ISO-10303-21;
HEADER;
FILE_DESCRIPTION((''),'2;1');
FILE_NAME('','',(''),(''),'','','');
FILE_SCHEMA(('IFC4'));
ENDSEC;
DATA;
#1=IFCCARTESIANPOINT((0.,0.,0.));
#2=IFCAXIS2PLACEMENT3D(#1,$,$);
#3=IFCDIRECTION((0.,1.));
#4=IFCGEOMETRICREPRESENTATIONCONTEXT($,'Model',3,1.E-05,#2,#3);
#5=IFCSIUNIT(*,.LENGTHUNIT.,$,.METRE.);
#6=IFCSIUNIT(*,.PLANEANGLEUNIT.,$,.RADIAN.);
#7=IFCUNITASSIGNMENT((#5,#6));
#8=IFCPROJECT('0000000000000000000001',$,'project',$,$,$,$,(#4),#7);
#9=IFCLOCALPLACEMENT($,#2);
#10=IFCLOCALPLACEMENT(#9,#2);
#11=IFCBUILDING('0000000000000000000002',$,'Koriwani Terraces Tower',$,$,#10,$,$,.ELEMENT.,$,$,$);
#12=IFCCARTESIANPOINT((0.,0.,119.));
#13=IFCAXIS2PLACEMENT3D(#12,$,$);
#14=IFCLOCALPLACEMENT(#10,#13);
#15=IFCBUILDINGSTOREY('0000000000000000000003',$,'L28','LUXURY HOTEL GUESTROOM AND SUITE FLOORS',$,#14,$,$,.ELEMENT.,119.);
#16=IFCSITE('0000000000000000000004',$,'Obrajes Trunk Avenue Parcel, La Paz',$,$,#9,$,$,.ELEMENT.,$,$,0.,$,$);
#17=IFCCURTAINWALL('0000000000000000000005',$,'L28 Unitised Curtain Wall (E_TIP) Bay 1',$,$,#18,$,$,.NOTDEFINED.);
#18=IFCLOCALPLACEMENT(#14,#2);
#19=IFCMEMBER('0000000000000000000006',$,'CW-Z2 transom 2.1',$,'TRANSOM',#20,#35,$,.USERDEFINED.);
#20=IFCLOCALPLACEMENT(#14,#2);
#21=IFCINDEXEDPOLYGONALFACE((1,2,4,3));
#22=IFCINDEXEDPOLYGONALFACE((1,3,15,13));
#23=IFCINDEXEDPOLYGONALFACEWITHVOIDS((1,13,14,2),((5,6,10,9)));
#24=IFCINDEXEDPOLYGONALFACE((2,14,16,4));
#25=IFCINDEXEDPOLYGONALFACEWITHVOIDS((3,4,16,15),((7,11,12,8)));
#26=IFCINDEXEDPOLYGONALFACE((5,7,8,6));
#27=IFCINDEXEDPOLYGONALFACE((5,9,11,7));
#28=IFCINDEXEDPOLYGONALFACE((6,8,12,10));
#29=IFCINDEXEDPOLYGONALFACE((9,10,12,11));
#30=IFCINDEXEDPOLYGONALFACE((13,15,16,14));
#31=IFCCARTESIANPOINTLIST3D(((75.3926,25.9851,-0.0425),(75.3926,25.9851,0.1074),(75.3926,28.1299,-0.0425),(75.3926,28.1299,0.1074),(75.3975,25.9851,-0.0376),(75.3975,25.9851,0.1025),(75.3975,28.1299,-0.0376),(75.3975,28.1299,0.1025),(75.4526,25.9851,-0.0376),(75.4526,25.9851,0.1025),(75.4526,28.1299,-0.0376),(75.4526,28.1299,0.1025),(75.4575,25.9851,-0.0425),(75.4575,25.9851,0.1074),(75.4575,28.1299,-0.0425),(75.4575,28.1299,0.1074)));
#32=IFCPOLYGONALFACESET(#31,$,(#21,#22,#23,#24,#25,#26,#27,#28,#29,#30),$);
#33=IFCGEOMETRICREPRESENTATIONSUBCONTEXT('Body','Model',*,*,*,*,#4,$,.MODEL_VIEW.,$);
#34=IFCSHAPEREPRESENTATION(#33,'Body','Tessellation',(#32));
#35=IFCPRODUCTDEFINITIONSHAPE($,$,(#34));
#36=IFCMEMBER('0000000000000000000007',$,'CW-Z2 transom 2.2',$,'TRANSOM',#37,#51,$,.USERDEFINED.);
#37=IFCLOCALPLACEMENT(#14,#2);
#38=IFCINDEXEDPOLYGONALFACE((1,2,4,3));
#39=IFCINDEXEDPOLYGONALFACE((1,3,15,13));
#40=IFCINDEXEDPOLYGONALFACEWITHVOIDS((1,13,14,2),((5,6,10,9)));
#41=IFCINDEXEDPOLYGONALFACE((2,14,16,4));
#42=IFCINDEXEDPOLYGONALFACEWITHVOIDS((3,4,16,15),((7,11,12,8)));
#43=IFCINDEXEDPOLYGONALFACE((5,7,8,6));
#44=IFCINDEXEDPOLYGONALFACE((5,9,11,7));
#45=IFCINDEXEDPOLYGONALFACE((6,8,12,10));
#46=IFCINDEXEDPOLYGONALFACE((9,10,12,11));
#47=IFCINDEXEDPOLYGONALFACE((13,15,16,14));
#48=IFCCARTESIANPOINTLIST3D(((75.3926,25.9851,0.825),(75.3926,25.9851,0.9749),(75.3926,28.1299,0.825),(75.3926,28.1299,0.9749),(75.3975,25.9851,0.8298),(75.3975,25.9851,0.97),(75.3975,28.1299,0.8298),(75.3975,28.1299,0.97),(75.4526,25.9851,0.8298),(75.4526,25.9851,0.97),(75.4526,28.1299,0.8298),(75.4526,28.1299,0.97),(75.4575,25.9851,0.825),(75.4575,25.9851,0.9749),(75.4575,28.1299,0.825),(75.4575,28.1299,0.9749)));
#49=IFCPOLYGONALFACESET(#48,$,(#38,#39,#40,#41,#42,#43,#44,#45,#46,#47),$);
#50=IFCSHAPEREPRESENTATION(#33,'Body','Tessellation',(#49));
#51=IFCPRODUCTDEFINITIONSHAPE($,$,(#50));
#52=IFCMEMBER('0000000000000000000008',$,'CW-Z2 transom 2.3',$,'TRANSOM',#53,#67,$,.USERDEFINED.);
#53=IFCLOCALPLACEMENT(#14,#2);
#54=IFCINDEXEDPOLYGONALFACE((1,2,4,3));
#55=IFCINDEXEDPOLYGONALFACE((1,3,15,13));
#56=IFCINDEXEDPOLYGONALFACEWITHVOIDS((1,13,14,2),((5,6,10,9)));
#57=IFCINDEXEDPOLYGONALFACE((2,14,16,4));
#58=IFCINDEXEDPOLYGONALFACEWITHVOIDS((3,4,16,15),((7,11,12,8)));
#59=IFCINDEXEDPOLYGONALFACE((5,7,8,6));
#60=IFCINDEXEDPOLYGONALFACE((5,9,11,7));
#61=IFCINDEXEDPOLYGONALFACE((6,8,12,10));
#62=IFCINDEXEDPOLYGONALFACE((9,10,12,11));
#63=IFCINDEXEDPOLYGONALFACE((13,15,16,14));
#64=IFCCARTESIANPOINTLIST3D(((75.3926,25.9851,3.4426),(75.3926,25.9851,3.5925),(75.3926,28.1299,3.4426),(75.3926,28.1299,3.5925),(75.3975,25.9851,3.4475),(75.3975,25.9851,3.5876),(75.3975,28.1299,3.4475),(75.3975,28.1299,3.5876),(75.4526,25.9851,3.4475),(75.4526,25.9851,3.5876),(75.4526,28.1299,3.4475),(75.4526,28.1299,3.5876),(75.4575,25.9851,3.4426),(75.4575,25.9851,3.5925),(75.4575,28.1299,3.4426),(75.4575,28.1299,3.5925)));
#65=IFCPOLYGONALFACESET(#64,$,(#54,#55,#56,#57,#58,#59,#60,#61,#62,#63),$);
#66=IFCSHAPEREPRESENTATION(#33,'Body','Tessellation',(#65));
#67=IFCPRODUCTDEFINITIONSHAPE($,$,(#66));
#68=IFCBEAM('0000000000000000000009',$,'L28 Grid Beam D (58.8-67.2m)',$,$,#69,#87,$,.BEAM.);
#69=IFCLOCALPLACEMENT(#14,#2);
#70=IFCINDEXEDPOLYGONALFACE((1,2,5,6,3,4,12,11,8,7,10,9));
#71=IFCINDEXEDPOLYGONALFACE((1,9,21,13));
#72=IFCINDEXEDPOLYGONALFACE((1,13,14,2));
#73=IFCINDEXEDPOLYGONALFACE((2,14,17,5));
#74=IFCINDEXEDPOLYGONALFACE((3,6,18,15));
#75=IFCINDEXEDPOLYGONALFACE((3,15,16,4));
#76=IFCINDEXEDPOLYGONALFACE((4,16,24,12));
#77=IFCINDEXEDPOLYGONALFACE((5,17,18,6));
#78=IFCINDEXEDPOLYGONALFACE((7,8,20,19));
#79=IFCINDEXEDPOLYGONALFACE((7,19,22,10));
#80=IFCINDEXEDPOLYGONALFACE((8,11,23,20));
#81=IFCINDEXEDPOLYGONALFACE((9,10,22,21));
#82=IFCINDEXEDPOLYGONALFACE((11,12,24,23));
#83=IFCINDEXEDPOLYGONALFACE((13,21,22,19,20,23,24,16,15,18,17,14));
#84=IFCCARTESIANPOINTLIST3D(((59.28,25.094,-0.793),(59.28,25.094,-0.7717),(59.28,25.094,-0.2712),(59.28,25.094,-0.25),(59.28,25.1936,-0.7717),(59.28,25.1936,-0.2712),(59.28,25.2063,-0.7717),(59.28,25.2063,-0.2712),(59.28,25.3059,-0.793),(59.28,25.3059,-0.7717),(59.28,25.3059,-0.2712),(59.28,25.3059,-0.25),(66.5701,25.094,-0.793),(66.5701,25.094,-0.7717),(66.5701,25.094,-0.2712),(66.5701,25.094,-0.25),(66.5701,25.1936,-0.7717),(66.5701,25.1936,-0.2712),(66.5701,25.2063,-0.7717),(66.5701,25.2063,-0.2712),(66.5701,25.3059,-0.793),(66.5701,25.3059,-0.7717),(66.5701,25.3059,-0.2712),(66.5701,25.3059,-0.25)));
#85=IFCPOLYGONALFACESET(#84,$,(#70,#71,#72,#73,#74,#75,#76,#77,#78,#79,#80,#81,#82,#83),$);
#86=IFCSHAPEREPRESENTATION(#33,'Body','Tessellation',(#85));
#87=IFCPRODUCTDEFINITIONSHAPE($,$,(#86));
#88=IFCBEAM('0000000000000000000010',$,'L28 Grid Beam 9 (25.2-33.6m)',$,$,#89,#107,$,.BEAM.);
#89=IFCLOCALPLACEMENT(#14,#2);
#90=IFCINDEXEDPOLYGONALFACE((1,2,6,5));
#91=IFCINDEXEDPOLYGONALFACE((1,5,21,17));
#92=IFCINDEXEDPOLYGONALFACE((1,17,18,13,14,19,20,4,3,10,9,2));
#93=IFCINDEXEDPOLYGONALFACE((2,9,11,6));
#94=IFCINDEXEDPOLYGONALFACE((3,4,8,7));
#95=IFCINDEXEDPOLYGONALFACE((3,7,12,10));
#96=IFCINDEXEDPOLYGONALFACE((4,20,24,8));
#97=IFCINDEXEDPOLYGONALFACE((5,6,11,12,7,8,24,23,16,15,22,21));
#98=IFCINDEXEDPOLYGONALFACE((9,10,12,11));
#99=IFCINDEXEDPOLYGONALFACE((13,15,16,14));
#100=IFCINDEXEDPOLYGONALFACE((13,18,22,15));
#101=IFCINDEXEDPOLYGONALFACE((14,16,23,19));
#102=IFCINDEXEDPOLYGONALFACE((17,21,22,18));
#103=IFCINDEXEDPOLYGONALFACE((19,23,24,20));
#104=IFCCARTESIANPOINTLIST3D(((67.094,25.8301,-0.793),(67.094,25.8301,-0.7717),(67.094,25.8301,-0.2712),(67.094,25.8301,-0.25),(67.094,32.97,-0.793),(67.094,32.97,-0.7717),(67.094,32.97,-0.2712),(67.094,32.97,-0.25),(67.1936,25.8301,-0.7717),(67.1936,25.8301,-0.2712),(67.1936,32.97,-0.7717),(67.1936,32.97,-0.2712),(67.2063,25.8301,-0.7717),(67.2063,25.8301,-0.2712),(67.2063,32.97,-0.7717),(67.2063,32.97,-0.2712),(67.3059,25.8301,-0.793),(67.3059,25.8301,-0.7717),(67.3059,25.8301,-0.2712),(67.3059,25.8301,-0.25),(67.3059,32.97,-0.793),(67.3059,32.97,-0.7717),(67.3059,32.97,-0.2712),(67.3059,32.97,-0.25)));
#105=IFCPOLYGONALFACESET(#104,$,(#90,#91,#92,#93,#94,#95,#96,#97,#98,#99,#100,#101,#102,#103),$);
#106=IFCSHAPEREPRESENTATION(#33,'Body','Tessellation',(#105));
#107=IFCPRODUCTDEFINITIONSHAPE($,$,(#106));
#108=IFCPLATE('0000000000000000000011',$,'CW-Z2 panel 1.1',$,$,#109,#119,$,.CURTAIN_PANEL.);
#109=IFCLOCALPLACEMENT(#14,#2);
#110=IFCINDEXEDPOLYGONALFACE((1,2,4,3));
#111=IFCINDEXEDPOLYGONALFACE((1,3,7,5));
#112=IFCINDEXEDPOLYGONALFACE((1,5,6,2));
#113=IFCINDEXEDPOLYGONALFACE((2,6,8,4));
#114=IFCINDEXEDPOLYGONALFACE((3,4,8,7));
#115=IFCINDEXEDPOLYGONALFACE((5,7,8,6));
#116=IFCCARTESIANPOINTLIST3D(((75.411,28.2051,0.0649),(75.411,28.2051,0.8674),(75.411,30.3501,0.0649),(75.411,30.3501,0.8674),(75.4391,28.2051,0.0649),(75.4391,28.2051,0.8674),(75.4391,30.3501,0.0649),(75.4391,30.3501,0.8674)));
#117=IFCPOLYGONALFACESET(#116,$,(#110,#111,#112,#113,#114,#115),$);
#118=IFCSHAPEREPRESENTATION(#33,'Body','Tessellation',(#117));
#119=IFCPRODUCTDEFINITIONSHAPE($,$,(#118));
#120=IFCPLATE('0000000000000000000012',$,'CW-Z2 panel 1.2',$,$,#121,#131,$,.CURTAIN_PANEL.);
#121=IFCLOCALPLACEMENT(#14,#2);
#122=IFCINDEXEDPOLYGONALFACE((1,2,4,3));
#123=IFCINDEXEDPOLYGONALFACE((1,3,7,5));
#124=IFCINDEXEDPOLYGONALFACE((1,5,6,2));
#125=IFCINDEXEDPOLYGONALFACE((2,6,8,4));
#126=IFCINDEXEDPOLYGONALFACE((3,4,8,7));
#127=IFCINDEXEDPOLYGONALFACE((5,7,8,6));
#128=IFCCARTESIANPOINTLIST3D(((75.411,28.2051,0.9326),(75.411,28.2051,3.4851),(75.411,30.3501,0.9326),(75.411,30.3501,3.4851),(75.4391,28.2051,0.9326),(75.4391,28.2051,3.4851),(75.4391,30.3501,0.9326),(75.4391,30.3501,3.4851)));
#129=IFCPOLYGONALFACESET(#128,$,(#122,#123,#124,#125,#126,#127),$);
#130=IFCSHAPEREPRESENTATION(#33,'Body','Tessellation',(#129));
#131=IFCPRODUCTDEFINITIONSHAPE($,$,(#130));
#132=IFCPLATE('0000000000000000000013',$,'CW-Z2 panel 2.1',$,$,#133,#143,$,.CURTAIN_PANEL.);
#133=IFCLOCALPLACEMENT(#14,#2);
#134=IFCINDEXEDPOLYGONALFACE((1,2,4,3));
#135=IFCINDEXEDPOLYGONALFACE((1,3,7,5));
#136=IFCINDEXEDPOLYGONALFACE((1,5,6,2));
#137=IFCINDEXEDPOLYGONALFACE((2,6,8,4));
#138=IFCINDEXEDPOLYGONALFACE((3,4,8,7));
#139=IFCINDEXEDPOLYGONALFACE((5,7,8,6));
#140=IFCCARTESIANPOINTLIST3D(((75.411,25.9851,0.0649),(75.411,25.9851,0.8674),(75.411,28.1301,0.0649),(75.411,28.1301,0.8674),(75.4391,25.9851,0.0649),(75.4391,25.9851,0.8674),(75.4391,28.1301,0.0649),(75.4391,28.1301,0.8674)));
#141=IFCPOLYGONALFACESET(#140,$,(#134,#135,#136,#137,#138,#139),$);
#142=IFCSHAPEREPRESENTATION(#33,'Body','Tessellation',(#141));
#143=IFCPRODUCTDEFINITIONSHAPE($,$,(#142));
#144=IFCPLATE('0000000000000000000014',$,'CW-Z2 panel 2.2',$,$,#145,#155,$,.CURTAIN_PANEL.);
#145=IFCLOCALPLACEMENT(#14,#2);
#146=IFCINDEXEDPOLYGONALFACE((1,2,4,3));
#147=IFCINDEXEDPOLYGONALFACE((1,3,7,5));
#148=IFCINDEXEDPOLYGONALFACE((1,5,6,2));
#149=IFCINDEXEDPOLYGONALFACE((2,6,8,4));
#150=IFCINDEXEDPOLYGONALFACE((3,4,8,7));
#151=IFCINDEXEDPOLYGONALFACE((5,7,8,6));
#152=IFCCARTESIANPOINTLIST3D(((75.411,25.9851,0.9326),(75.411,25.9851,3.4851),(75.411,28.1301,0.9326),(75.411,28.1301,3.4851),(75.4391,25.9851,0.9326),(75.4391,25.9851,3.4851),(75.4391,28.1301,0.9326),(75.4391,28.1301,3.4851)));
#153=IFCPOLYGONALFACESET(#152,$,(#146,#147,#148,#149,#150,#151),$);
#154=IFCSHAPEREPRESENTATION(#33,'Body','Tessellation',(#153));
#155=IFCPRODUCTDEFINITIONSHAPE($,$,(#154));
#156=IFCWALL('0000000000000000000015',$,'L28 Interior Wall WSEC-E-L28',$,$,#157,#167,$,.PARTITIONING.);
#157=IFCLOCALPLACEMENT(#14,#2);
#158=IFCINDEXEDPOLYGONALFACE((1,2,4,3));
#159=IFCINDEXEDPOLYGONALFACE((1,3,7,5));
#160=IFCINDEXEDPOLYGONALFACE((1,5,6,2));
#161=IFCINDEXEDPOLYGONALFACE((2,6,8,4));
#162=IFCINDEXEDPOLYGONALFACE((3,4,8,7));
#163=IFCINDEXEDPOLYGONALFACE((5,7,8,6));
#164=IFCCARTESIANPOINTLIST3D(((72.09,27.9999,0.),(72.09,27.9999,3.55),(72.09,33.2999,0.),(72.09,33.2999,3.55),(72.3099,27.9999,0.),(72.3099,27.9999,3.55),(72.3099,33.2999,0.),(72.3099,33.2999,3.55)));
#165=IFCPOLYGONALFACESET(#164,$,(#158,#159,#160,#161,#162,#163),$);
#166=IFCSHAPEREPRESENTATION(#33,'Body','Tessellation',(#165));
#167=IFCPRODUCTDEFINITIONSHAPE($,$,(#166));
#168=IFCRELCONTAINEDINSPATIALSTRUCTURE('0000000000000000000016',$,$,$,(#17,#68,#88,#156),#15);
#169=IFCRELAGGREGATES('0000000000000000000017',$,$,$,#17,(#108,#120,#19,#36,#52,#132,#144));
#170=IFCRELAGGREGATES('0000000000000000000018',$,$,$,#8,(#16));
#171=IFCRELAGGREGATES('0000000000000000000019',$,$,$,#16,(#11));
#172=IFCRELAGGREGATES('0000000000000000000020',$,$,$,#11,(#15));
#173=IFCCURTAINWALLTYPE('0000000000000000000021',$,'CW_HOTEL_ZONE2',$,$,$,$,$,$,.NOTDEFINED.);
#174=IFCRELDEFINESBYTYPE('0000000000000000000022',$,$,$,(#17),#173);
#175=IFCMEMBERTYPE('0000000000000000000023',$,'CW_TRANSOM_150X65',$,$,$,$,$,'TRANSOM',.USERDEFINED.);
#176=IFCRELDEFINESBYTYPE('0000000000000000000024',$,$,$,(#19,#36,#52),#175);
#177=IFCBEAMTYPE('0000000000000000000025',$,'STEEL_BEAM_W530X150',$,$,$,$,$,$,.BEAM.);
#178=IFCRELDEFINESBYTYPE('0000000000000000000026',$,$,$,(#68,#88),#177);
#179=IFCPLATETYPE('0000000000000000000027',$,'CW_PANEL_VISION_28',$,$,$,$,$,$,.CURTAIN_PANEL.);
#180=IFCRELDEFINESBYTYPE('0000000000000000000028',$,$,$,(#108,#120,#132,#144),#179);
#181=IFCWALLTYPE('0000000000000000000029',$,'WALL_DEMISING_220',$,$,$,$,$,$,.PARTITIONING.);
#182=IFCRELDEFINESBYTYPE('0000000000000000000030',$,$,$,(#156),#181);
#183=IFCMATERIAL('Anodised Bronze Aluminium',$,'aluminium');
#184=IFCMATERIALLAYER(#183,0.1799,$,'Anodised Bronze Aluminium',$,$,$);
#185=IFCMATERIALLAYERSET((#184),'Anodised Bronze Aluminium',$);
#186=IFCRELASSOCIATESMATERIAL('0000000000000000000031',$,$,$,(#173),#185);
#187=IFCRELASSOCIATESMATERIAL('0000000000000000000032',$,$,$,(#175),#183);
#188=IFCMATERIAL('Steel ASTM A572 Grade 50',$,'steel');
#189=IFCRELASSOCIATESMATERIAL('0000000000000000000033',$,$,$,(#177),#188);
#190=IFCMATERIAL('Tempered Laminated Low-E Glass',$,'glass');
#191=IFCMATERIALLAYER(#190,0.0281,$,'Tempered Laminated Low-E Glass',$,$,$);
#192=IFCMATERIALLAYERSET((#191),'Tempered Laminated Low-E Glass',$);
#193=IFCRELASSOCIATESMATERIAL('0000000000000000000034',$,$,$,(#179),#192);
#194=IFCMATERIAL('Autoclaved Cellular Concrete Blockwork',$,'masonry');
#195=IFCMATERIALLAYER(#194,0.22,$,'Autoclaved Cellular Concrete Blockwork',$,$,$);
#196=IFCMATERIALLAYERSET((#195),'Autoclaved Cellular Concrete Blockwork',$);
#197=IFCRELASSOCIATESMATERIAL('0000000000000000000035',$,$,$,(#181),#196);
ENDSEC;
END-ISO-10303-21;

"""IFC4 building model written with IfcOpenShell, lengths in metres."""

from ifc_helpers import new_model, si_unit, direction, frame, frame_2d, origin, origin_2d, place, context, subcontext, project, spatial, rectangle, hollow_rectangle, i_section, extrude, material, layer, layer_set, material_profile, profile_set, type_object, element, aggregate, save


model = new_model("IFC4")

# Units and contexts
model_context = context("Model", 3, precision=1e-05, world=origin(), true_north=direction((0.0, 1.0)))
body_context = subcontext(model_context, "Body", "Model", "MODEL_VIEW")
ifc_project = project(units=[si_unit("LENGTHUNIT", "METRE"), si_unit("PLANEANGLEUNIT", "RADIAN")], contexts=[model_context])

# Site, building, storey
site_placement = place(None, origin())
site = spatial("IfcSite", under=ifc_project, at=site_placement, Name="Obrajes Trunk Avenue Parcel, La Paz", CompositionType="ELEMENT", RefElevation=0.0)
building_placement = place(site_placement, origin())
building = spatial("IfcBuilding", under=site, at=building_placement, Name="Koriwani Terraces Tower", CompositionType="ELEMENT")
storey_placement = place(building_placement, frame((0.0, 0.0, 119.0)))
storey = spatial("IfcBuildingStorey", under=building, at=storey_placement, Name="L28", Description="LUXURY HOTEL GUESTROOM AND SUITE FLOORS", CompositionType="ELEMENT", Elevation=119.0)

# Curtain wall, members
ifc_material_1 = material(Name="Anodised Bronze Aluminium", Category="aluminium")
ifc_layer_1 = layer(ifc_material_1, 0.1799, Name="Anodised Bronze Aluminium")
ifc_layer_set_1 = layer_set([ifc_layer_1], Name="Anodised Bronze Aluminium")
curtain_wall_type = type_object("IfcCurtainWallType", Name="CW_HOTEL_ZONE2", PredefinedType="NOTDEFINED", material=ifc_layer_set_1)
curtain_wall_placement = place(storey_placement, origin())
curtain_wall = element("IfcCurtainWall", 1, at=curtain_wall_placement, inside=storey, type_object=curtain_wall_type, Name="L28 Unitised Curtain Wall (E_TIP) Bay 1", PredefinedType="NOTDEFINED")
ifc_material_profile_1 = material_profile(ifc_material_1, hollow_rectangle(XDim=0.0649, YDim=0.1499, WallThickness=0.0049, at=origin_2d()), Name="Anodised Bronze Aluminium", Category="LoadBearing")
ifc_profile_set_1 = profile_set([ifc_material_profile_1], Name="Anodised Bronze Aluminium")
member_type_1 = type_object("IfcMemberType", Name="CW_TRANSOM_150X65", ElementType="TRANSOM", PredefinedType="USERDEFINED", material=ifc_profile_set_1)
member_1_placement = place(storey_placement, frame((75.425, 28.1299, 0.0325), z_axis=(0.0, -1.0, 0.0), x_axis=(1.0, 0.0, 0.0)))
member_1 = element("IfcMember", 2, at=member_1_placement, type_object=member_type_1, Name="CW-Z2 transom 2.1", ObjectType="TRANSOM", PredefinedType="USERDEFINED", context=body_context, shape_type="SweptSolid", body=[
    extrude(hollow_rectangle(XDim=0.0649, YDim=0.1499, WallThickness=0.0049, at=origin_2d()), origin(), (0.0, 0.0, 1.0), 2.1448),
])
member_2_placement = place(storey_placement, frame((75.425, 28.1299, 0.8999), z_axis=(0.0, -1.0, 0.0), x_axis=(1.0, 0.0, 0.0)))
member_2 = element("IfcMember", 3, at=member_2_placement, type_object=member_type_1, Name="CW-Z2 transom 2.2", ObjectType="TRANSOM", PredefinedType="USERDEFINED", context=body_context, shape_type="SweptSolid", body=[
    extrude(hollow_rectangle(XDim=0.0649, YDim=0.1499, WallThickness=0.0049, at=origin_2d()), origin(), (0.0, 0.0, 1.0), 2.1448),
])
member_3_placement = place(storey_placement, frame((75.425, 28.1299, 3.5176), z_axis=(0.0, -1.0, 0.0), x_axis=(1.0, 0.0, 0.0)))
member_3 = element("IfcMember", 4, at=member_3_placement, type_object=member_type_1, Name="CW-Z2 transom 2.3", ObjectType="TRANSOM", PredefinedType="USERDEFINED", context=body_context, shape_type="SweptSolid", body=[
    extrude(hollow_rectangle(XDim=0.0649, YDim=0.1499, WallThickness=0.0049, at=origin_2d()), origin(), (0.0, 0.0, 1.0), 2.1448),
])

# Beams
ifc_material_2 = material(Name="Steel ASTM A572 Grade 50", Category="steel")
ifc_material_profile_2 = material_profile(ifc_material_2, i_section(OverallWidth=0.2119, OverallDepth=0.543, WebThickness=0.0127, FlangeThickness=0.0212, at=origin_2d()), Name="Steel ASTM A572 Grade 50", Category="LoadBearing")
ifc_profile_set_2 = profile_set([ifc_material_profile_2], Name="Steel ASTM A572 Grade 50")
beam_type_1 = type_object("IfcBeamType", Name="STEEL_BEAM_W530X150", PredefinedType="BEAM", material=ifc_profile_set_2)
beam_1_placement = place(storey_placement, frame((59.28, 25.2, -0.5215), z_axis=(1.0, 0.0, 0.0), x_axis=(0.0, 1.0, 0.0)))
element("IfcBeam", 5, at=beam_1_placement, inside=storey, type_object=beam_type_1, Name="L28 Grid Beam D (58.8-67.2m)", PredefinedType="BEAM", context=body_context, shape_type="SweptSolid", body=[
    extrude(i_section(OverallWidth=0.2119, OverallDepth=0.543, WebThickness=0.0127, FlangeThickness=0.0212, at=origin_2d()), origin(), (0.0, 0.0, 1.0), 7.29),
])
beam_2_placement = place(storey_placement, frame((67.2, 25.8301, -0.5215), z_axis=(0.0, 1.0, 0.0), x_axis=(-1.0, 0.0, 0.0)))
element("IfcBeam", 6, at=beam_2_placement, inside=storey, type_object=beam_type_1, Name="L28 Grid Beam 9 (25.2-33.6m)", PredefinedType="BEAM", context=body_context, shape_type="SweptSolid", body=[
    extrude(i_section(OverallWidth=0.2119, OverallDepth=0.543, WebThickness=0.0127, FlangeThickness=0.0212, at=origin_2d()), origin(), (0.0, 0.0, 1.0), 7.1399),
])

# Plates
ifc_material_3 = material(Name="Tempered Laminated Low-E Glass", Category="glass")
ifc_layer_2 = layer(ifc_material_3, 0.0281, Name="Tempered Laminated Low-E Glass")
ifc_layer_set_2 = layer_set([ifc_layer_2], Name="Tempered Laminated Low-E Glass")
plate_type = type_object("IfcPlateType", Name="CW_PANEL_VISION_28", PredefinedType="CURTAIN_PANEL", material=ifc_layer_set_2)
plate_1_placement = place(storey_placement, frame((75.425, 29.2776, 0.0649), z_axis=(0.0, 0.0, 1.0), x_axis=(0.0, -1.0, 0.0)))
plate_1 = element("IfcPlate", 7, at=plate_1_placement, type_object=plate_type, Name="CW-Z2 panel 1.1", PredefinedType="CURTAIN_PANEL", context=body_context, shape_type="SweptSolid", body=[
    extrude(rectangle(XDim=2.145, YDim=0.0281, at=origin_2d()), origin(), (0.0, 0.0, 1.0), 0.8025),
])
plate_2_placement = place(storey_placement, frame((75.425, 29.2776, 0.9326), z_axis=(0.0, 0.0, 1.0), x_axis=(0.0, -1.0, 0.0)))
plate_2 = element("IfcPlate", 8, at=plate_2_placement, type_object=plate_type, Name="CW-Z2 panel 1.2", PredefinedType="CURTAIN_PANEL", context=body_context, shape_type="SweptSolid", body=[
    extrude(rectangle(XDim=2.145, YDim=0.0281, at=origin_2d()), origin(), (0.0, 0.0, 1.0), 2.5525),
])
plate_3_placement = place(storey_placement, frame((75.425, 27.0576, 0.0649), z_axis=(0.0, 0.0, 1.0), x_axis=(0.0, -1.0, 0.0)))
plate_3 = element("IfcPlate", 9, at=plate_3_placement, type_object=plate_type, Name="CW-Z2 panel 2.1", PredefinedType="CURTAIN_PANEL", context=body_context, shape_type="SweptSolid", body=[
    extrude(rectangle(XDim=2.145, YDim=0.0281, at=origin_2d()), origin(), (0.0, 0.0, 1.0), 0.8025),
])
plate_4_placement = place(storey_placement, frame((75.425, 27.0576, 0.9326), z_axis=(0.0, 0.0, 1.0), x_axis=(0.0, -1.0, 0.0)))
plate_4 = element("IfcPlate", 10, at=plate_4_placement, type_object=plate_type, Name="CW-Z2 panel 2.2", PredefinedType="CURTAIN_PANEL", context=body_context, shape_type="SweptSolid", body=[
    extrude(rectangle(XDim=2.145, YDim=0.0281, at=origin_2d()), origin(), (0.0, 0.0, 1.0), 2.5525),
])
aggregate(curtain_wall, [plate_1, plate_2, member_1, member_2, member_3, plate_3, plate_4])

# Wall
ifc_material_4 = material(Name="Autoclaved Cellular Concrete Blockwork", Category="masonry")
ifc_layer_3 = layer(ifc_material_4, 0.22, Name="Autoclaved Cellular Concrete Blockwork")
ifc_layer_set_3 = layer_set([ifc_layer_3], Name="Autoclaved Cellular Concrete Blockwork")
wall_type_1 = type_object("IfcWallType", Name="WALL_DEMISING_220", PredefinedType="PARTITIONING", material=ifc_layer_set_3)
wall_1_placement = place(storey_placement, frame((72.2, 28.0, 0.0), z_axis=(0.0, 0.0, 1.0), x_axis=(0.0, 1.0, 0.0)))
element("IfcWall", 11, at=wall_1_placement, inside=storey, type_object=wall_type_1, Name="L28 Interior Wall WSEC-E-L28", PredefinedType="PARTITIONING", context=body_context, shape_type="SweptSolid", body=[
    extrude(rectangle(XDim=5.3, YDim=0.22, at=frame_2d((2.6499, 0.0))), origin(), (0.0, 0.0, 1.0), 3.55),
])

save(model, "model.ifc")
